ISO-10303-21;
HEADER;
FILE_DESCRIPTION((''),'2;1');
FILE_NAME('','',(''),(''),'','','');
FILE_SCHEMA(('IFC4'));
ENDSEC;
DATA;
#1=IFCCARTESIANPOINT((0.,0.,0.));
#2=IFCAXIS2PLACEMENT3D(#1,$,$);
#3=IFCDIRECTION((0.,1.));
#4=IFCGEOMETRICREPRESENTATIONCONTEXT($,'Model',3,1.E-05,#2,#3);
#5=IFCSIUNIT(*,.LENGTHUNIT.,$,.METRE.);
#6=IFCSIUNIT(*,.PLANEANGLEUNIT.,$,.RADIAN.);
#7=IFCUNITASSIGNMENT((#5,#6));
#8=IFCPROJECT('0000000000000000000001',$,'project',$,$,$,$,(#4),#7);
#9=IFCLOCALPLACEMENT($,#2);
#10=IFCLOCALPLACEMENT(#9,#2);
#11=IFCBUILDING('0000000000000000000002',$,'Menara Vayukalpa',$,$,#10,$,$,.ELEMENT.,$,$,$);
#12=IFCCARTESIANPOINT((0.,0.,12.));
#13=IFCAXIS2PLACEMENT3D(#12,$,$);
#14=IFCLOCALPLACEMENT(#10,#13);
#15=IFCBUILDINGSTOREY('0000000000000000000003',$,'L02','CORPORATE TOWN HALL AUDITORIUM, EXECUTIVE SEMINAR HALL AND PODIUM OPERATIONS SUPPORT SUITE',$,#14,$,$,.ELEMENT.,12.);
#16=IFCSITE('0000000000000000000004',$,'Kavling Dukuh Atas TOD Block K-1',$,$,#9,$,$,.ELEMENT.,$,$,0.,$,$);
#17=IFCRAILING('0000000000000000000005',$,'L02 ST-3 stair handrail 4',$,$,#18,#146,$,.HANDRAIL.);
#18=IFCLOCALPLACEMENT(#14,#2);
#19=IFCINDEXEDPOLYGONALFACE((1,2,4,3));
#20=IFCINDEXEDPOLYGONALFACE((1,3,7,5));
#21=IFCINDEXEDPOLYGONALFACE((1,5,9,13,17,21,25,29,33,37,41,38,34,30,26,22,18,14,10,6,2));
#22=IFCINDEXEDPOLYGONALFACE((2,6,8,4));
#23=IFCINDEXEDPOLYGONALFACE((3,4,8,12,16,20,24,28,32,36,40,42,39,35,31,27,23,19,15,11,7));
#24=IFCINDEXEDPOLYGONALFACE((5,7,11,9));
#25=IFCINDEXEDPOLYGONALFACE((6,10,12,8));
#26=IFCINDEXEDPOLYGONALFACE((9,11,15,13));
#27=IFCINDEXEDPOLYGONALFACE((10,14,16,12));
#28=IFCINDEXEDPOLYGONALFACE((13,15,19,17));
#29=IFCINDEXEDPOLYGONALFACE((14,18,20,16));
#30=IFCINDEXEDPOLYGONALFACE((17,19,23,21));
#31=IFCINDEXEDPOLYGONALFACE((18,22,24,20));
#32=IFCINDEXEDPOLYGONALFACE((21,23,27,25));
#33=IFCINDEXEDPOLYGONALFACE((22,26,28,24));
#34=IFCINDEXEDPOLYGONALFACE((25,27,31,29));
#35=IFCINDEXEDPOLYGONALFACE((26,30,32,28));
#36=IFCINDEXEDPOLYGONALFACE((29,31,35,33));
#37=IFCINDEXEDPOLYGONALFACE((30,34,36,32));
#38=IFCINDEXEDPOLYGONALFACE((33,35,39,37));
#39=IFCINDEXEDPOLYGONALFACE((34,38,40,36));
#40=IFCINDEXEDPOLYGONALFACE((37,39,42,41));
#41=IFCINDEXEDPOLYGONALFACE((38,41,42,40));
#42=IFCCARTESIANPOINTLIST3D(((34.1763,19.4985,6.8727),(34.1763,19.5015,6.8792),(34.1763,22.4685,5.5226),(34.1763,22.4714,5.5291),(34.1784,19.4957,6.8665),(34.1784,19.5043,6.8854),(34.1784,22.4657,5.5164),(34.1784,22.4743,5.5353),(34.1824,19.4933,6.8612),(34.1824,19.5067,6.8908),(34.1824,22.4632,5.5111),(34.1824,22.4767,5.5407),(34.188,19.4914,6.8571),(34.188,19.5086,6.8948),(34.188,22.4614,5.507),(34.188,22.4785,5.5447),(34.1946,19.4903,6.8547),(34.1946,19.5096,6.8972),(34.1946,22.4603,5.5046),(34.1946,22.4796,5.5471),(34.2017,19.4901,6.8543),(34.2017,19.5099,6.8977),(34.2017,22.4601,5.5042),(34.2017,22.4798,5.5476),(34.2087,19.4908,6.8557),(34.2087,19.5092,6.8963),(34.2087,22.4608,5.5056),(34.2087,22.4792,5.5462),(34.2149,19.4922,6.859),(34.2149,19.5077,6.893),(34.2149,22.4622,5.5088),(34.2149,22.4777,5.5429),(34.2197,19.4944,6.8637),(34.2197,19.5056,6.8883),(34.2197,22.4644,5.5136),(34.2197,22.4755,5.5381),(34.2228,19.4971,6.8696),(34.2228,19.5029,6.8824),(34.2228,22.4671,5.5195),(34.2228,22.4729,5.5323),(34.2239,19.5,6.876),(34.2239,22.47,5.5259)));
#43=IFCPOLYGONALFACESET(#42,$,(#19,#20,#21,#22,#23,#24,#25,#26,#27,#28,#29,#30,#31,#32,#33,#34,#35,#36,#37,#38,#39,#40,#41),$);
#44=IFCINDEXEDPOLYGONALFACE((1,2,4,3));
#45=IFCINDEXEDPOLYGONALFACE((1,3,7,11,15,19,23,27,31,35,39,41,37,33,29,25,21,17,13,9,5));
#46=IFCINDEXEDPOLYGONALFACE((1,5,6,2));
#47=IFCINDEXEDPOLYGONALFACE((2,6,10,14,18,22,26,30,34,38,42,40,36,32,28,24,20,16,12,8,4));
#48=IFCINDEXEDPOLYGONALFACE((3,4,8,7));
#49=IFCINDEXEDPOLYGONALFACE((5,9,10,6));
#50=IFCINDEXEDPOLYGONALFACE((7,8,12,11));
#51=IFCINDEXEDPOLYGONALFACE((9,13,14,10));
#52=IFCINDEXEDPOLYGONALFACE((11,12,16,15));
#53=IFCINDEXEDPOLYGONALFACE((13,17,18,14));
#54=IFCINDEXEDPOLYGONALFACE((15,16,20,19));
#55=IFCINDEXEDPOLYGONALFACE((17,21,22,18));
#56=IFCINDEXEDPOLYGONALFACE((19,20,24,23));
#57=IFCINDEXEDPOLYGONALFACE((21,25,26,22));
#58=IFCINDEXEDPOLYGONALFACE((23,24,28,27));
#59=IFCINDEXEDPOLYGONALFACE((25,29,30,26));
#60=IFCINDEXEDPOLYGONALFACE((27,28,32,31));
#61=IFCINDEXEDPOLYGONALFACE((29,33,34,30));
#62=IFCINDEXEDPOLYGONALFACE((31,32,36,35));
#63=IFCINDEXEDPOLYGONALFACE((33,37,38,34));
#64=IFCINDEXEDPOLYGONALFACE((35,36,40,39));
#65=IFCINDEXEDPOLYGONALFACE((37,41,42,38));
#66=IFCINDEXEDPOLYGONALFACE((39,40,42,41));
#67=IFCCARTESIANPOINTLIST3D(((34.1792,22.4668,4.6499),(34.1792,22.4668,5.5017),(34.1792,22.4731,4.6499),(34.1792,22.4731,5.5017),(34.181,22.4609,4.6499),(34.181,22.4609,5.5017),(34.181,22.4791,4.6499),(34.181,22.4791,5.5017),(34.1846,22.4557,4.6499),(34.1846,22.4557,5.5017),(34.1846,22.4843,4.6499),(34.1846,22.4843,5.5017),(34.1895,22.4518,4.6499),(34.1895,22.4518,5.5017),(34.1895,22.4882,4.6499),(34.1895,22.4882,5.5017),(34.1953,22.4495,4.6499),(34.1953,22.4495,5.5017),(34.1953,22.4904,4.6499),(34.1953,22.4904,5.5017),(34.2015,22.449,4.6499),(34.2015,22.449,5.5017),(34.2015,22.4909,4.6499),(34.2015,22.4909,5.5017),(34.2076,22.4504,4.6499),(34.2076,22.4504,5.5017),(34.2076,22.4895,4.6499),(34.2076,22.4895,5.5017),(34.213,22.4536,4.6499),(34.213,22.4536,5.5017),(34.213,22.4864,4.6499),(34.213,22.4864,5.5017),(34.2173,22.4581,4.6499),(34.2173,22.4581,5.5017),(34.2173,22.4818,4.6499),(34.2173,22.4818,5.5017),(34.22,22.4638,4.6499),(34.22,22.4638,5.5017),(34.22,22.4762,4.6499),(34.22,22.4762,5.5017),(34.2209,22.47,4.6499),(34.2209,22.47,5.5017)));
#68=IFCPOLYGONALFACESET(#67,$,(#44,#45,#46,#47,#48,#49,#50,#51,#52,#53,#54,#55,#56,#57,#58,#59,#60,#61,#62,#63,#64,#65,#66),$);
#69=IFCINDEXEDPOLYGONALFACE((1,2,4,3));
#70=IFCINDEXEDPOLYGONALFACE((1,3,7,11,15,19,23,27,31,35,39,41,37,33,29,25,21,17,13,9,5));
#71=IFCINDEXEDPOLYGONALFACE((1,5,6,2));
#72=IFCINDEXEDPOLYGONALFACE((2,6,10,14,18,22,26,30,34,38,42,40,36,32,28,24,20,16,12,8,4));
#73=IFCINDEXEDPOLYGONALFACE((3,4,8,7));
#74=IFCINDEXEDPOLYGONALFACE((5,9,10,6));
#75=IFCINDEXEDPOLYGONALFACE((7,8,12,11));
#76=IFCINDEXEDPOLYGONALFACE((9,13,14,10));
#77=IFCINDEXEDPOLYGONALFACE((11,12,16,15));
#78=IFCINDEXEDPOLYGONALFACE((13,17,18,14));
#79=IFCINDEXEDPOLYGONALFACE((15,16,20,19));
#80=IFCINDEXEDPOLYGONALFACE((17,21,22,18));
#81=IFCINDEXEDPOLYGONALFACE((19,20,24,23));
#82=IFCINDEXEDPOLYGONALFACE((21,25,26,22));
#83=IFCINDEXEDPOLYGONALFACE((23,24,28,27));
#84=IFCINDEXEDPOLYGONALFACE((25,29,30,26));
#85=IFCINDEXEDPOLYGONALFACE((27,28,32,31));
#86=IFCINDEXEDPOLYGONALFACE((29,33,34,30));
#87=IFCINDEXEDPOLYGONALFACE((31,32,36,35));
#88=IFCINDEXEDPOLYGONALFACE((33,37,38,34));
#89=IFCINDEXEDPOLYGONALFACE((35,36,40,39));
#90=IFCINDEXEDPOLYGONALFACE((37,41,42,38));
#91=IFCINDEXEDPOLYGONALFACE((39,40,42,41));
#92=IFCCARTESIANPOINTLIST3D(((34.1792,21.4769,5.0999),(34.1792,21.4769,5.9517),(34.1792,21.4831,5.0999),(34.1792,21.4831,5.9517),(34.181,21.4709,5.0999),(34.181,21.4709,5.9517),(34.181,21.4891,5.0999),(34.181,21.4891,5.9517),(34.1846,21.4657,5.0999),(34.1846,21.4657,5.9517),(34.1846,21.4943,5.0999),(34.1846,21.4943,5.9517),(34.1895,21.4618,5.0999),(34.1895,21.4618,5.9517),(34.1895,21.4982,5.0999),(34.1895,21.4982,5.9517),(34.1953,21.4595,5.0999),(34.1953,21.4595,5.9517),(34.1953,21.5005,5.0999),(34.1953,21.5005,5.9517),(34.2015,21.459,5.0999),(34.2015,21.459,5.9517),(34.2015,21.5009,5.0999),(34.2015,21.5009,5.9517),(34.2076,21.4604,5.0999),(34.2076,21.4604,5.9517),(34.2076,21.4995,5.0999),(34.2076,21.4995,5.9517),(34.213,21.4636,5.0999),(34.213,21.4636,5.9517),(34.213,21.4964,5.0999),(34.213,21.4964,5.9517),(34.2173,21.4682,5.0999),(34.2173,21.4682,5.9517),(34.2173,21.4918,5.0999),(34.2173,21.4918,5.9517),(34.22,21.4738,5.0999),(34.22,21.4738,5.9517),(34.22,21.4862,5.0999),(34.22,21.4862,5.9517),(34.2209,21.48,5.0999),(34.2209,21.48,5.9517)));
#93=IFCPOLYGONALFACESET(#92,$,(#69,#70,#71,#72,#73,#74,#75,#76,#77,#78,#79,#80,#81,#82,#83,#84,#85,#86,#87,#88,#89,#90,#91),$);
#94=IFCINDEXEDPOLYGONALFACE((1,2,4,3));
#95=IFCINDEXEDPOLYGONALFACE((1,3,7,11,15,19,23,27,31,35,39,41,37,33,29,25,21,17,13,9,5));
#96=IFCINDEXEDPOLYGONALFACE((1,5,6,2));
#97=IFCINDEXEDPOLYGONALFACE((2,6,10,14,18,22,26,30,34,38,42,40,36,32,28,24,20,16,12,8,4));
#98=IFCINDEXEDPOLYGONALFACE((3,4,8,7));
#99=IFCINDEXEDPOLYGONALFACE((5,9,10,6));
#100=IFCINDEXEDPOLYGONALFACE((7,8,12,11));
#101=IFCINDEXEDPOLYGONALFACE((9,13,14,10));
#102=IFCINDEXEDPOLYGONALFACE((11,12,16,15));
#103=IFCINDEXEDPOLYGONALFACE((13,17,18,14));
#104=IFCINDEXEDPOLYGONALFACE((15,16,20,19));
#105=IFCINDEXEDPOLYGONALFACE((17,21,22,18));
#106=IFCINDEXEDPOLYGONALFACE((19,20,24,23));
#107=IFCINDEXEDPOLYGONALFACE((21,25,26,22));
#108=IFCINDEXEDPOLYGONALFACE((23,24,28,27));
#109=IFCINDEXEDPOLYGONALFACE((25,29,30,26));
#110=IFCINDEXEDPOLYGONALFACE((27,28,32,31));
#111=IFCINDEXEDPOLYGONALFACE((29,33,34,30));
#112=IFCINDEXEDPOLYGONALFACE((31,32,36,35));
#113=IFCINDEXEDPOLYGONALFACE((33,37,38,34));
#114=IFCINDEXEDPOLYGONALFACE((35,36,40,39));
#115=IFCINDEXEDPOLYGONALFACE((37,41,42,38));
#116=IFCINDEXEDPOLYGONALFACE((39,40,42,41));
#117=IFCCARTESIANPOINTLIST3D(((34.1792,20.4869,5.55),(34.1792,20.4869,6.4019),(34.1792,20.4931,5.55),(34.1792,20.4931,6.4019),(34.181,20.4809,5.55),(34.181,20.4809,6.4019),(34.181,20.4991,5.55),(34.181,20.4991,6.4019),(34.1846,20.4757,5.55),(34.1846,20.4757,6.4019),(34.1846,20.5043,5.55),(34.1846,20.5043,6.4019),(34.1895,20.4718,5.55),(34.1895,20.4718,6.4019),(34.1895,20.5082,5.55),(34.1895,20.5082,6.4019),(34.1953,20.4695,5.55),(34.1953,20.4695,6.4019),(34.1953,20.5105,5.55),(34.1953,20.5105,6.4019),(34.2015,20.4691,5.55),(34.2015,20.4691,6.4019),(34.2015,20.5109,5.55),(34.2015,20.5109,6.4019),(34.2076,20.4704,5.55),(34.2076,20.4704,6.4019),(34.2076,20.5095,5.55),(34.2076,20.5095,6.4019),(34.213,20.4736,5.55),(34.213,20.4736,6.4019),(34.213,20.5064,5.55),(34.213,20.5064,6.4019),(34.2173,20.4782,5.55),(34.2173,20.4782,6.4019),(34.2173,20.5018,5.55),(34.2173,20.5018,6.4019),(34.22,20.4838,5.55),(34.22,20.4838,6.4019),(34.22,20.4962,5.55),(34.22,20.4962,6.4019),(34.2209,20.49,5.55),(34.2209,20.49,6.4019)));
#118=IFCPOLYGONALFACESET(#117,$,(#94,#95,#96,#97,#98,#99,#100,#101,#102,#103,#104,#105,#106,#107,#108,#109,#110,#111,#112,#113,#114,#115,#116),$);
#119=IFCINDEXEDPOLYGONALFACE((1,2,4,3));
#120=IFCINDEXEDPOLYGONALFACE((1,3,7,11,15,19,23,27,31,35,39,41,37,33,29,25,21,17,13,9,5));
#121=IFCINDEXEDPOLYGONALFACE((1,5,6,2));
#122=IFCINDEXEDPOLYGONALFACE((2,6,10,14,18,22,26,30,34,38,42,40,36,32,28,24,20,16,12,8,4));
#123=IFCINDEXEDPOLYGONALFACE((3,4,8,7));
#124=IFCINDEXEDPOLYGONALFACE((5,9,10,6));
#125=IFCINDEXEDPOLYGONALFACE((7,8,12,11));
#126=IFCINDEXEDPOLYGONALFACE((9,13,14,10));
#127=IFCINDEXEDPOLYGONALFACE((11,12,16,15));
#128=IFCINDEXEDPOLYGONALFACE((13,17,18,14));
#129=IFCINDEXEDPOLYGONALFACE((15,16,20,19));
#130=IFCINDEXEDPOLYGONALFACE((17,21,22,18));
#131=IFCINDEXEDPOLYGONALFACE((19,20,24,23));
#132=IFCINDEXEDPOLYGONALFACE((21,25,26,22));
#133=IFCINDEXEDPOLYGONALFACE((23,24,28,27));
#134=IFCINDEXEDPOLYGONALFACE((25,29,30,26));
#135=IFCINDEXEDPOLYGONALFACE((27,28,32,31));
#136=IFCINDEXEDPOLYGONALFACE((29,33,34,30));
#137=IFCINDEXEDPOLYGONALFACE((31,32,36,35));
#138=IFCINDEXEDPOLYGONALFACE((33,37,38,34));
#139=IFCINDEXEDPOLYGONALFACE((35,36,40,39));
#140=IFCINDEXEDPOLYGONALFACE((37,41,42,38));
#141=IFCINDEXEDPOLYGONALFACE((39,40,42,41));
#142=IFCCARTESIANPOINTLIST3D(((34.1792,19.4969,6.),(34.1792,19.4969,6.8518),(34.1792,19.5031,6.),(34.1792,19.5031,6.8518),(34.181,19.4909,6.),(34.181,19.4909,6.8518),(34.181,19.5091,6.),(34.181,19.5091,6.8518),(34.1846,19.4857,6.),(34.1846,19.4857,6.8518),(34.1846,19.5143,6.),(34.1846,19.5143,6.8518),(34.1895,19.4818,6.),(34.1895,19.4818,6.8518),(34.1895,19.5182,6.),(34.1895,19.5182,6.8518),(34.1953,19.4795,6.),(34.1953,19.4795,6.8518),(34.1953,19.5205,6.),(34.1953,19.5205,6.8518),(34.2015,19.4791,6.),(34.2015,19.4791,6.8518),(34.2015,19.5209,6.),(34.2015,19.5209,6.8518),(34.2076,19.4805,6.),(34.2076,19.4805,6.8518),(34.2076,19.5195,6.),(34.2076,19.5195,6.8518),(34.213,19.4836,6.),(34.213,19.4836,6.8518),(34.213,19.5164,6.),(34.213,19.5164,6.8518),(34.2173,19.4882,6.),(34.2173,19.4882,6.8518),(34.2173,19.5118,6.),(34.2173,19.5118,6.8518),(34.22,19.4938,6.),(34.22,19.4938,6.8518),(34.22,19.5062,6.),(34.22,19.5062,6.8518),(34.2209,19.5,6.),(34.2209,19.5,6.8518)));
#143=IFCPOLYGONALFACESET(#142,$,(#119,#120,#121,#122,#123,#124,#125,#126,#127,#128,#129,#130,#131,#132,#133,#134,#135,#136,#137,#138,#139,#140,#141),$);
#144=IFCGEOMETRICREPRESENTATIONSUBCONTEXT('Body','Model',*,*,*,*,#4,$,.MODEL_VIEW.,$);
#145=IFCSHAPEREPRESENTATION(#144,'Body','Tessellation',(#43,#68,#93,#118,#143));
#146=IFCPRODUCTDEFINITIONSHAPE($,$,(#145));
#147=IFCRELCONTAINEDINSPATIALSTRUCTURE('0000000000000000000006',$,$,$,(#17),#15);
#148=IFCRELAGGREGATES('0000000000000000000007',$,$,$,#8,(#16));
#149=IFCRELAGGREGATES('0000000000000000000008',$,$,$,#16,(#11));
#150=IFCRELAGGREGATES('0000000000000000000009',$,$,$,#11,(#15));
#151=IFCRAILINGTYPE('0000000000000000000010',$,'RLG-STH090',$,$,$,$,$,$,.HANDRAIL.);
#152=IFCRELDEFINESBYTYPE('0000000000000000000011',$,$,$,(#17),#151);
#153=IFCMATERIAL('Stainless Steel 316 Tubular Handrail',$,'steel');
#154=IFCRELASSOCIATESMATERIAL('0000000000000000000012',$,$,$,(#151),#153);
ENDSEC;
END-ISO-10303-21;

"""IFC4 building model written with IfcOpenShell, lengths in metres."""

from ifc_helpers import new_model, si_unit, direction, frame, origin, origin_2d, place, context, subcontext, project, spatial, circle, extrude, material, type_object, element, save


model = new_model("IFC4")

# Units and contexts
model_context = context("Model", 3, precision=1e-05, world=origin(), true_north=direction((0.0, 1.0)))
body_context = subcontext(model_context, "Body", "Model", "MODEL_VIEW")
ifc_project = project(units=[si_unit("LENGTHUNIT", "METRE"), si_unit("PLANEANGLEUNIT", "RADIAN")], contexts=[model_context])

# Site, building, storey
site_placement = place(None, origin())
site = spatial("IfcSite", under=ifc_project, at=site_placement, Name="Kavling Dukuh Atas TOD Block K-1", CompositionType="ELEMENT", RefElevation=0.0)
building_placement = place(site_placement, origin())
building = spatial("IfcBuilding", under=site, at=building_placement, Name="Menara Vayukalpa", CompositionType="ELEMENT")
storey_placement = place(building_placement, frame((0.0, 0.0, 12.0)))
storey = spatial("IfcBuildingStorey", under=building, at=storey_placement, Name="L02", Description="CORPORATE TOWN HALL AUDITORIUM, EXECUTIVE SEMINAR HALL AND PODIUM OPERATIONS SUPPORT SUITE", CompositionType="ELEMENT", Elevation=12.0)

# Railing
ifc_material_1 = material(Name="Stainless Steel 316 Tubular Handrail", Category="steel")
railing_type_1 = type_object("IfcRailingType", Name="RLG-STH090", PredefinedType="HANDRAIL", material=ifc_material_1)
for number, where, name in (
    (1, (34.2, 22.47, 4.6499), "L02 ST-3 stair handrail 4"),
):
    element("IfcRailing", number, at=place(storey_placement, frame(where)), inside=storey, type_object=railing_type_1, Name=name, PredefinedType="HANDRAIL", context=body_context, shape_type="SweptSolid", body=[
        extrude(circle(Radius=0.0239, at=origin_2d()), frame((0.0, 0.0, 0.876), z_axis=(0.0, -0.910354, 0.413831), x_axis=(1.0, 0.0, 0.0)), (0.0, 0.0, 1.0), 3.2625),
        extrude(circle(Radius=0.021, at=origin_2d()), origin(), (0.0, 0.0, 1.0), 0.8518),
        extrude(circle(Radius=0.021, at=origin_2d()), frame((0.0, -0.99, 0.45)), (0.0, 0.0, 1.0), 0.8518),
        extrude(circle(Radius=0.021, at=origin_2d()), frame((0.0, -1.98, 0.9001)), (0.0, 0.0, 1.0), 0.8518),
        extrude(circle(Radius=0.021, at=origin_2d()), frame((0.0, -2.97, 1.3501)), (0.0, 0.0, 1.0), 0.8518),
    ])

save(model, "model.ifc")
